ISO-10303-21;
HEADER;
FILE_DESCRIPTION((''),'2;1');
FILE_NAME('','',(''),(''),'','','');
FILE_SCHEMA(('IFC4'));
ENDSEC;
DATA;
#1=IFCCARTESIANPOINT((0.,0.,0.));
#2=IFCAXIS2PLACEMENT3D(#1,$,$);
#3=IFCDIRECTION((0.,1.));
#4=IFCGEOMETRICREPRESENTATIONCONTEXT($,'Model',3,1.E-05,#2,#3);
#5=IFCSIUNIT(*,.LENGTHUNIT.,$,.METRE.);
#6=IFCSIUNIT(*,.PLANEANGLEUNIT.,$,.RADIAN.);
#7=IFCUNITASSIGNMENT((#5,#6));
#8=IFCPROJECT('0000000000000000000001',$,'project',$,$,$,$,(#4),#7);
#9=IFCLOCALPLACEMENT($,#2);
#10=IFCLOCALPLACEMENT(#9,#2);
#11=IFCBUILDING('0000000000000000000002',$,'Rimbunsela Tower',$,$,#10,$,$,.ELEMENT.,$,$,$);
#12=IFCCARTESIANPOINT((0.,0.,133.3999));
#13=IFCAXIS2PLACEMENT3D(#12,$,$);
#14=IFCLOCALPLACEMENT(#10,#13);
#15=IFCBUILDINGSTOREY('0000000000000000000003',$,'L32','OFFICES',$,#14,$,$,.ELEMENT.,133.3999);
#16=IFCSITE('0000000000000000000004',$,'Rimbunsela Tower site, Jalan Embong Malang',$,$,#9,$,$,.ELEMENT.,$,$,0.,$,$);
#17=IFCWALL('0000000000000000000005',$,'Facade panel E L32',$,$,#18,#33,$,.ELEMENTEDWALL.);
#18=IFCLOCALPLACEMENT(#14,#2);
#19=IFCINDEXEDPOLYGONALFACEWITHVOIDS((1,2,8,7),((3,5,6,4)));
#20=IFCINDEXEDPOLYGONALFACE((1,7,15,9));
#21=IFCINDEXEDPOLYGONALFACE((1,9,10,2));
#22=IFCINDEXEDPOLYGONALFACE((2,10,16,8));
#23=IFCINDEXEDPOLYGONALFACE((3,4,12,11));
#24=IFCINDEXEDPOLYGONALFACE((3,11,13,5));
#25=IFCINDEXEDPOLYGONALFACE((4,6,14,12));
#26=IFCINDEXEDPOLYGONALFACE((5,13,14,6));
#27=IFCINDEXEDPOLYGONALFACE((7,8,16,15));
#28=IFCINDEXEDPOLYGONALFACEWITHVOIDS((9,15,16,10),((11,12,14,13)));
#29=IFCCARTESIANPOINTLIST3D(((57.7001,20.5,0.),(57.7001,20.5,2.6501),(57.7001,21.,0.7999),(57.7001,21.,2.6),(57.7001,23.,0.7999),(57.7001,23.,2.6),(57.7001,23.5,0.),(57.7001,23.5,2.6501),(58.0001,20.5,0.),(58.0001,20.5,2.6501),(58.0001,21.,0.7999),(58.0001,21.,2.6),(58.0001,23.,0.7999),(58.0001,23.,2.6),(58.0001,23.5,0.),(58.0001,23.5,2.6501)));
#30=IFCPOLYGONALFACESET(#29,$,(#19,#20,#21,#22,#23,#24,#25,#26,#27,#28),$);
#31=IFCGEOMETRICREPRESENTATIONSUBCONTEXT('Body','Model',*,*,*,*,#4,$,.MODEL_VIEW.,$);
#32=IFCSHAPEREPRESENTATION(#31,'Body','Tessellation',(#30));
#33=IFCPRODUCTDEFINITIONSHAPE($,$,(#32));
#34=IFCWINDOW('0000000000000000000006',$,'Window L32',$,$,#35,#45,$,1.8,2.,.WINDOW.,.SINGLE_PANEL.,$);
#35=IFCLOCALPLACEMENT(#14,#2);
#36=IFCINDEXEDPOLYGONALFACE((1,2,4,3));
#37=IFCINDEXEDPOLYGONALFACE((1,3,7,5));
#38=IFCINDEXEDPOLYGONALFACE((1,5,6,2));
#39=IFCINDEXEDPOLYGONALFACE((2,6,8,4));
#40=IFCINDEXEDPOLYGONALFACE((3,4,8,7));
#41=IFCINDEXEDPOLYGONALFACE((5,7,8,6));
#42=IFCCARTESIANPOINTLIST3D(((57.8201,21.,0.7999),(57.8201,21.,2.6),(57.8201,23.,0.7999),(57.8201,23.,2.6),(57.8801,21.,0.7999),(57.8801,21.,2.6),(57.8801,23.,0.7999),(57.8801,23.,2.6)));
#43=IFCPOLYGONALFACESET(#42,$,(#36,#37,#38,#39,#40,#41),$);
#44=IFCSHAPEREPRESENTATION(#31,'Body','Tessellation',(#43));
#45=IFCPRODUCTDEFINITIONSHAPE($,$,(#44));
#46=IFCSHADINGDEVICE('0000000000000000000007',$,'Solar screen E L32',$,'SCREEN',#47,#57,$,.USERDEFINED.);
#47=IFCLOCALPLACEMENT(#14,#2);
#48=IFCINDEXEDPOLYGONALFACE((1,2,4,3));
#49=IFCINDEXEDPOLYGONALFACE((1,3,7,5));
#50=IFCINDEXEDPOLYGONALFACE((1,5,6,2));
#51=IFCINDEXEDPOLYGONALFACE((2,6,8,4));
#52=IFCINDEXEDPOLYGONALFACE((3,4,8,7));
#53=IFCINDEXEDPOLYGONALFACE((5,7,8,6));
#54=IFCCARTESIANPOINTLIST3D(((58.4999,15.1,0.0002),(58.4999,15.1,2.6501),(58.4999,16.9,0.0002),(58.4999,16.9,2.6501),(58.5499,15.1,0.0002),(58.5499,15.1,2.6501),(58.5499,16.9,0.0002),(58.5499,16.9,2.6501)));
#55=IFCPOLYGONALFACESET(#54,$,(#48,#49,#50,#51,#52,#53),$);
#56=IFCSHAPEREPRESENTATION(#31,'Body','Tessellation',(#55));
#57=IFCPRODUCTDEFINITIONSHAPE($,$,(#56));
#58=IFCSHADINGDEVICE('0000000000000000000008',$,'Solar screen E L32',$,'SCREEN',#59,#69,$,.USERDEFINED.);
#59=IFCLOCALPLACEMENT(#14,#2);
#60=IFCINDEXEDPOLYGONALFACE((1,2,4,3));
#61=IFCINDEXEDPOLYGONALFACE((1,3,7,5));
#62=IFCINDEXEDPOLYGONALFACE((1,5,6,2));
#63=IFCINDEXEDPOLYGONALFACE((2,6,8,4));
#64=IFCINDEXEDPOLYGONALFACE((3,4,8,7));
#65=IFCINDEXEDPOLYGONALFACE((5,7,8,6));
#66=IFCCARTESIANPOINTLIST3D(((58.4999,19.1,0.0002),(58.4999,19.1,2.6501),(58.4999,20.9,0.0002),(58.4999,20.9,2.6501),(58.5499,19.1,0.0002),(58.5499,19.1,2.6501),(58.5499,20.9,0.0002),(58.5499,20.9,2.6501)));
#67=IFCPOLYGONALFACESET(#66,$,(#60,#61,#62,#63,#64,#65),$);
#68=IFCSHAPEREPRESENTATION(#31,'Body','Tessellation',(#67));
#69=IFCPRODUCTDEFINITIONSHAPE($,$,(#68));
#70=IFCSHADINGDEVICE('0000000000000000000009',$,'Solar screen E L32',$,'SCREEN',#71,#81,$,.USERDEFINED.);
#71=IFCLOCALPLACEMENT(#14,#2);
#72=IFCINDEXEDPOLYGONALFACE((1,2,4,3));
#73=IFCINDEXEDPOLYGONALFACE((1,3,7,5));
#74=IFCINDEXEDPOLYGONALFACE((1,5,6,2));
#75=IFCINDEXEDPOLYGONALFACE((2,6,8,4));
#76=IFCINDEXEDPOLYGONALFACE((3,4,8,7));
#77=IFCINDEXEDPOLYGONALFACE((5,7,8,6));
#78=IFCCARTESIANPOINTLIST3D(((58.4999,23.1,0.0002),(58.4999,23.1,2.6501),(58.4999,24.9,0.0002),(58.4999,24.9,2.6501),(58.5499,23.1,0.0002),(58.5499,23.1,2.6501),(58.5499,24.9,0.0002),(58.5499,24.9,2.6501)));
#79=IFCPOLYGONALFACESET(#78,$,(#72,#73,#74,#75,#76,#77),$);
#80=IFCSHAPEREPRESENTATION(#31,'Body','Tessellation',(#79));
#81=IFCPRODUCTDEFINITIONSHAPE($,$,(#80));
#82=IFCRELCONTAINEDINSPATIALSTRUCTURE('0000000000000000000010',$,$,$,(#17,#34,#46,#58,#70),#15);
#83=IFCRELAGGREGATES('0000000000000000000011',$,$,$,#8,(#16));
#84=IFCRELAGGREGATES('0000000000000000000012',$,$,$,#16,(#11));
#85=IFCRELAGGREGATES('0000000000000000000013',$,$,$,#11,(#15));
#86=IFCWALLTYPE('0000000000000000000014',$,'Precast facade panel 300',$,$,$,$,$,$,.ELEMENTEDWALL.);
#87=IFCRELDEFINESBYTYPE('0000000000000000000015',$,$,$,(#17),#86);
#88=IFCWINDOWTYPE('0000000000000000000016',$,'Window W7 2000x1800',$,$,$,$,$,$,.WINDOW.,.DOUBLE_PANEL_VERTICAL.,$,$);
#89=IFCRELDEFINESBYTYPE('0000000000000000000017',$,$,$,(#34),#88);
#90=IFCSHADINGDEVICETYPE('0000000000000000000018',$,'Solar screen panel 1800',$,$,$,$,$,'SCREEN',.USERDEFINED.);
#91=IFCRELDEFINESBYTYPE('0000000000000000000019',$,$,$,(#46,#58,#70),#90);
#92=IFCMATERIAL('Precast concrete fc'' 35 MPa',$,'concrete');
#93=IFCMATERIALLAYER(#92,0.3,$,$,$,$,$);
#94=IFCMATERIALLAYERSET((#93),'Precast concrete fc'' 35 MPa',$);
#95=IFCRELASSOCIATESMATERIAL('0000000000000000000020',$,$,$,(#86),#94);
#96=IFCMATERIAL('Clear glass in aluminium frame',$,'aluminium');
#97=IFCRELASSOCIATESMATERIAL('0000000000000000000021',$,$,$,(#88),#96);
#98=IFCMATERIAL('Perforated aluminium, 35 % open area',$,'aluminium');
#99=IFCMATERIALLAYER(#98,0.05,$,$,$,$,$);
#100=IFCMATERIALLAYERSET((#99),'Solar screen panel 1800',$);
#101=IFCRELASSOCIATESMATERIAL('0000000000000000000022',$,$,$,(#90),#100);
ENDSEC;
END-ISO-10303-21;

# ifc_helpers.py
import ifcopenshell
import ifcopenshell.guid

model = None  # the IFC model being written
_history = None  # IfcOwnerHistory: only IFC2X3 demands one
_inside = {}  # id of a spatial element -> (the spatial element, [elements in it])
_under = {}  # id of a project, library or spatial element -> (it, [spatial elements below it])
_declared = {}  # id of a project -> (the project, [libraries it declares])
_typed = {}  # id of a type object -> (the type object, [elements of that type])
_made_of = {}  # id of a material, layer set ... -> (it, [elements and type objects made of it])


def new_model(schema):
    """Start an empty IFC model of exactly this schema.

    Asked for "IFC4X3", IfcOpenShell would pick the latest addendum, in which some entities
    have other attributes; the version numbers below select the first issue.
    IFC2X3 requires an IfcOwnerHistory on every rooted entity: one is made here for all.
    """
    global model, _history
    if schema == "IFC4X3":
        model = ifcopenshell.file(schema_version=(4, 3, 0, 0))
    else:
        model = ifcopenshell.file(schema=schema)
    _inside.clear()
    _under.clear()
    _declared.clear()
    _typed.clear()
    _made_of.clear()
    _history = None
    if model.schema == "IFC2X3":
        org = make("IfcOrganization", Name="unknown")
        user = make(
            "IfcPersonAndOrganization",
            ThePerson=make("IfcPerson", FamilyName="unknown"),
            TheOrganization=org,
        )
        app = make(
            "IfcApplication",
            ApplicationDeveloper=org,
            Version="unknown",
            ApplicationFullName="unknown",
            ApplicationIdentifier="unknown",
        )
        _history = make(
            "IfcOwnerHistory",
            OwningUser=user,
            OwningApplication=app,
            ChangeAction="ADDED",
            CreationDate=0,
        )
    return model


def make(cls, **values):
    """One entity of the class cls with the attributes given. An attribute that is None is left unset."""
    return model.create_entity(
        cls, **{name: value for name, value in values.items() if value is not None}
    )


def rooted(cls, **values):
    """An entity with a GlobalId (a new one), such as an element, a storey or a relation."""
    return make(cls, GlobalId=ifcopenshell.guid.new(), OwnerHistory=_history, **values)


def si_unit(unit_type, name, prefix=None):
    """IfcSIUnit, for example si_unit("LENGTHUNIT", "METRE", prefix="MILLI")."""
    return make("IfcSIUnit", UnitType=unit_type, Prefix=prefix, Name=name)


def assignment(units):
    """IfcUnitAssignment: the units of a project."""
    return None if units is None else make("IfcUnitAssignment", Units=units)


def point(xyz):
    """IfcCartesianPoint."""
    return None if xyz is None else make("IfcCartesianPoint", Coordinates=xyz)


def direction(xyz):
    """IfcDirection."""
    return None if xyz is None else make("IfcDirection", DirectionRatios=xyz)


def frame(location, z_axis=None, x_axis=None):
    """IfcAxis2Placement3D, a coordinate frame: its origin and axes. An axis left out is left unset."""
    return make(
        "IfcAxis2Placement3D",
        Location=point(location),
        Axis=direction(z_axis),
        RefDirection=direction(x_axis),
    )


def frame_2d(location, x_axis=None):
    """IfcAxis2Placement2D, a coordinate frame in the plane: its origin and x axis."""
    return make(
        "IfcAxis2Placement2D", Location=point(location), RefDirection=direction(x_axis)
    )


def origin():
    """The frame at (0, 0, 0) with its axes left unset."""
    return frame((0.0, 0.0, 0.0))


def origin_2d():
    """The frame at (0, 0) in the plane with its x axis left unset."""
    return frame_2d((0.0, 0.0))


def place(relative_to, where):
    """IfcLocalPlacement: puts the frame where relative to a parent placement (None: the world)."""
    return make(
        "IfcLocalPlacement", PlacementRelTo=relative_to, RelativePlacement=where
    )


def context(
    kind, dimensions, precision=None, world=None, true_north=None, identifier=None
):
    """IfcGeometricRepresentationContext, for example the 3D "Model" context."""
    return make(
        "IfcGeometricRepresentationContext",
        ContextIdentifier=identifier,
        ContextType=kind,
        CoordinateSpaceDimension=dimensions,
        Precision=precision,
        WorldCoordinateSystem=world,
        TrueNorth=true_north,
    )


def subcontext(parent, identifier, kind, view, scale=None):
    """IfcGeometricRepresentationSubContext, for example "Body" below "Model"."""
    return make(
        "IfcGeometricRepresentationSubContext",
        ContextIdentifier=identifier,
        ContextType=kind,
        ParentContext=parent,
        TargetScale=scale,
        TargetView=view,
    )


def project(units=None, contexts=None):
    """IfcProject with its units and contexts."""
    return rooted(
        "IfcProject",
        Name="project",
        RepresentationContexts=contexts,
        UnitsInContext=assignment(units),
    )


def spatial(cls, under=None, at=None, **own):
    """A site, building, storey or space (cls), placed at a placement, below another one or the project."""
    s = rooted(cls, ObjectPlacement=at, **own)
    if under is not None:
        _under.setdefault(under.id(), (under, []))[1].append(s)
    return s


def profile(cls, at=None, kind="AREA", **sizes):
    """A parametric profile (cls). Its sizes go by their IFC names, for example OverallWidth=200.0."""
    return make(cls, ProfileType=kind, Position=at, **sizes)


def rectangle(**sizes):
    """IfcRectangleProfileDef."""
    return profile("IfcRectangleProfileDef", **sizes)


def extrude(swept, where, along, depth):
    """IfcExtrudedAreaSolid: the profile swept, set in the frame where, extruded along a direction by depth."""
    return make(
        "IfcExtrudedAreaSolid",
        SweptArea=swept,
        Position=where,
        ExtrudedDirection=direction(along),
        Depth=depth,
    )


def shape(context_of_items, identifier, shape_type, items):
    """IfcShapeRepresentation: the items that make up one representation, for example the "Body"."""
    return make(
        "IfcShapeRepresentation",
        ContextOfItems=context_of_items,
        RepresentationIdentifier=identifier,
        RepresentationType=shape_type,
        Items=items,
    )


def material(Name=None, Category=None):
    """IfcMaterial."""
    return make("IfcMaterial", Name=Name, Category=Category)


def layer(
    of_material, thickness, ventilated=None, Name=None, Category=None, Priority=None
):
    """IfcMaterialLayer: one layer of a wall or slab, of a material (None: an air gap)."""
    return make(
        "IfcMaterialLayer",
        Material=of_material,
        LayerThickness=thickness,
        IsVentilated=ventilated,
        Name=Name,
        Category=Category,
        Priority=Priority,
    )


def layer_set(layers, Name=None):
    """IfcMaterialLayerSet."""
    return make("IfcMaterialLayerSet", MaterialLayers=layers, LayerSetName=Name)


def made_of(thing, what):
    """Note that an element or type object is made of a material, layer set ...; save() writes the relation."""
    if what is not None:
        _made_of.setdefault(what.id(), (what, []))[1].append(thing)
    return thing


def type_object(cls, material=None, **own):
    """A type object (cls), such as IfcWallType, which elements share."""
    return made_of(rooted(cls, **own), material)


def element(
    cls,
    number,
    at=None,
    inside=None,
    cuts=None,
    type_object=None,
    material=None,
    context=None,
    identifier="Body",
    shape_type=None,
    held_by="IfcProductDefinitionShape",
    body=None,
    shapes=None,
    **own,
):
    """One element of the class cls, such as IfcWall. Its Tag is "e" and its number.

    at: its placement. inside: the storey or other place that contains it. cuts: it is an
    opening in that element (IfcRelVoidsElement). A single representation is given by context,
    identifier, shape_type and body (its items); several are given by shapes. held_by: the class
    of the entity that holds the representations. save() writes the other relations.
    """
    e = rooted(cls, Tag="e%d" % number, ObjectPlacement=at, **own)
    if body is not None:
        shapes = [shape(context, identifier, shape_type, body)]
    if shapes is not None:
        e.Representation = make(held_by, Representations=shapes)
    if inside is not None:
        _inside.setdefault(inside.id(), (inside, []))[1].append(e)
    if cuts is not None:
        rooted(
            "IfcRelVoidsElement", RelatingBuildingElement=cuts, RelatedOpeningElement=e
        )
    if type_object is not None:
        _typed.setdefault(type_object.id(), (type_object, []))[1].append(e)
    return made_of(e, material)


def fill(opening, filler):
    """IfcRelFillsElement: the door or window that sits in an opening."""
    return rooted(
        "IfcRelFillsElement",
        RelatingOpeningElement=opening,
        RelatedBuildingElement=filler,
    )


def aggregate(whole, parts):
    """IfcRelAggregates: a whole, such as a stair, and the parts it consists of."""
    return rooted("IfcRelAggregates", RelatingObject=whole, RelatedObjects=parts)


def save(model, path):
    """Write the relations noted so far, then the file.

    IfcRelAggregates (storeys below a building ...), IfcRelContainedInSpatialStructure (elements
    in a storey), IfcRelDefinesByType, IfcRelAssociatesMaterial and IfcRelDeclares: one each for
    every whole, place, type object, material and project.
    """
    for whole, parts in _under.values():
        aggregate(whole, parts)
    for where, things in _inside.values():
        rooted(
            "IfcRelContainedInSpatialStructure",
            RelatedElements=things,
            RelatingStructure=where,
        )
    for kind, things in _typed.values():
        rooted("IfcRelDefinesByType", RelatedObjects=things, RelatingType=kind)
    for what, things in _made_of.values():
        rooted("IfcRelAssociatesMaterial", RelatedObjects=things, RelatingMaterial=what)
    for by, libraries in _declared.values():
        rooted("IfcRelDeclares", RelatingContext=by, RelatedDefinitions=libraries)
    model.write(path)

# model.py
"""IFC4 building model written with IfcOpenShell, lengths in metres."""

from ifc_helpers import new_model, si_unit, direction, frame, frame_2d, origin, origin_2d, place, context, subcontext, project, spatial, rectangle, extrude, material, layer, layer_set, type_object, element, fill, save


model = new_model("IFC4")

# Units and contexts
model_context = context("Model", 3, precision=1e-05, world=origin(), true_north=direction((0.0, 1.0)))
body_context = subcontext(model_context, "Body", "Model", "MODEL_VIEW")
ifc_project = project(units=[si_unit("LENGTHUNIT", "METRE"), si_unit("PLANEANGLEUNIT", "RADIAN")], contexts=[model_context])

# Site, building, storey
site_placement = place(None, origin())
site = spatial("IfcSite", under=ifc_project, at=site_placement, Name="Rimbunsela Tower site, Jalan Embong Malang", CompositionType="ELEMENT", RefElevation=0.0)
building_placement = place(site_placement, origin())
building = spatial("IfcBuilding", under=site, at=building_placement, Name="Rimbunsela Tower", CompositionType="ELEMENT")
storey_placement = place(building_placement, frame((0.0, 0.0, 133.3999)))
storey = spatial("IfcBuildingStorey", under=building, at=storey_placement, Name="L32", Description="OFFICES", CompositionType="ELEMENT", Elevation=133.3999)

# Wall, opening, window
ifc_material_1 = material(Name="Precast concrete fc' 35 MPa", Category="concrete")
ifc_layer_1 = layer(ifc_material_1, 0.3)
ifc_layer_set_1 = layer_set([ifc_layer_1], Name="Precast concrete fc' 35 MPa")
wall_type_1 = type_object("IfcWallType", Name="Precast facade panel 300", PredefinedType="ELEMENTEDWALL", material=ifc_layer_set_1)
ifc_material_2 = material(Name="Clear glass in aluminium frame", Category="aluminium")
window_type = type_object("IfcWindowType", Name="Window W7 2000x1800", PartitioningType="DOUBLE_PANEL_VERTICAL", PredefinedType="WINDOW", material=ifc_material_2)
wall_1_placement = place(storey_placement, frame((57.8501, 20.5, 0.0), z_axis=(0.0, 0.0, 1.0), x_axis=(0.0, 1.0, 0.0)))
wall_1 = element("IfcWall", 1, at=wall_1_placement, inside=storey, type_object=wall_type_1, Name="Facade panel E L32", PredefinedType="ELEMENTEDWALL", context=body_context, shape_type="SweptSolid", body=[
    extrude(rectangle(XDim=3.0, YDim=0.3, at=frame_2d((1.5, 0.0))), origin(), (0.0, 0.0, 1.0), 2.6501),
])
opening_1_placement = place(wall_1_placement, frame((0.5, 0.0, 0.8)))
opening_1 = element("IfcOpeningElement", 2, at=opening_1_placement, cuts=wall_1, PredefinedType="OPENING", context=body_context, shape_type="SweptSolid", body=[
    extrude(rectangle(XDim=2.0, YDim=1.8, at=frame_2d((1.0, 0.8999))), frame((0.0, 0.1599, 0.0), z_axis=(0.0, -1.0, 0.0), x_axis=(1.0, 0.0, 0.0)), (0.0, 0.0, 1.0), 0.3201),
])
window_1_placement = place(opening_1_placement, origin())
window_1 = element("IfcWindow", 3, at=window_1_placement, inside=storey, type_object=window_type, Name="Window L32", OverallHeight=1.8, OverallWidth=2.0, PartitioningType="SINGLE_PANEL", PredefinedType="WINDOW", context=body_context, shape_type="SweptSolid", body=[
    extrude(rectangle(XDim=2.0, YDim=1.8, at=frame_2d((1.0, 0.8999))), frame((0.0, 0.03, 0.0), z_axis=(0.0, -1.0, 0.0), x_axis=(1.0, 0.0, 0.0)), (0.0, 0.0, 1.0), 0.0601),
])
fill(opening_1, window_1)

# Shading devices
ifc_material_3 = material(Name="Perforated aluminium, 35 % open area", Category="aluminium")
ifc_layer_2 = layer(ifc_material_3, 0.05)
ifc_layer_set_2 = layer_set([ifc_layer_2], Name="Solar screen panel 1800")
shading_device_type = type_object("IfcShadingDeviceType", Name="Solar screen panel 1800", ElementType="SCREEN", PredefinedType="USERDEFINED", material=ifc_layer_set_2)
for number, where, z_axis, x_axis, name in (
    (4, (58.5249, 16.0, 0.0002), (0.0, 0.0, 1.0), (0.0, 1.0, 0.0), "Solar screen E L32"),
    (5, (58.5249, 20.0, 0.0002), (0.0, 0.0, 1.0), (0.0, 1.0, 0.0), "Solar screen E L32"),
    (6, (58.5249, 24.0, 0.0002), (0.0, 0.0, 1.0), (0.0, 1.0, 0.0), "Solar screen E L32"),
):
    element("IfcShadingDevice", number, at=place(storey_placement, frame(where, z_axis=z_axis, x_axis=x_axis)), inside=storey, type_object=shading_device_type, Name=name, ObjectType="SCREEN", PredefinedType="USERDEFINED", context=body_context, shape_type="SweptSolid", body=[
        extrude(rectangle(XDim=1.8, YDim=0.05, at=origin_2d()), origin(), (0.0, 0.0, 1.0), 2.6499),
    ])

save(model, "model.ifc")
